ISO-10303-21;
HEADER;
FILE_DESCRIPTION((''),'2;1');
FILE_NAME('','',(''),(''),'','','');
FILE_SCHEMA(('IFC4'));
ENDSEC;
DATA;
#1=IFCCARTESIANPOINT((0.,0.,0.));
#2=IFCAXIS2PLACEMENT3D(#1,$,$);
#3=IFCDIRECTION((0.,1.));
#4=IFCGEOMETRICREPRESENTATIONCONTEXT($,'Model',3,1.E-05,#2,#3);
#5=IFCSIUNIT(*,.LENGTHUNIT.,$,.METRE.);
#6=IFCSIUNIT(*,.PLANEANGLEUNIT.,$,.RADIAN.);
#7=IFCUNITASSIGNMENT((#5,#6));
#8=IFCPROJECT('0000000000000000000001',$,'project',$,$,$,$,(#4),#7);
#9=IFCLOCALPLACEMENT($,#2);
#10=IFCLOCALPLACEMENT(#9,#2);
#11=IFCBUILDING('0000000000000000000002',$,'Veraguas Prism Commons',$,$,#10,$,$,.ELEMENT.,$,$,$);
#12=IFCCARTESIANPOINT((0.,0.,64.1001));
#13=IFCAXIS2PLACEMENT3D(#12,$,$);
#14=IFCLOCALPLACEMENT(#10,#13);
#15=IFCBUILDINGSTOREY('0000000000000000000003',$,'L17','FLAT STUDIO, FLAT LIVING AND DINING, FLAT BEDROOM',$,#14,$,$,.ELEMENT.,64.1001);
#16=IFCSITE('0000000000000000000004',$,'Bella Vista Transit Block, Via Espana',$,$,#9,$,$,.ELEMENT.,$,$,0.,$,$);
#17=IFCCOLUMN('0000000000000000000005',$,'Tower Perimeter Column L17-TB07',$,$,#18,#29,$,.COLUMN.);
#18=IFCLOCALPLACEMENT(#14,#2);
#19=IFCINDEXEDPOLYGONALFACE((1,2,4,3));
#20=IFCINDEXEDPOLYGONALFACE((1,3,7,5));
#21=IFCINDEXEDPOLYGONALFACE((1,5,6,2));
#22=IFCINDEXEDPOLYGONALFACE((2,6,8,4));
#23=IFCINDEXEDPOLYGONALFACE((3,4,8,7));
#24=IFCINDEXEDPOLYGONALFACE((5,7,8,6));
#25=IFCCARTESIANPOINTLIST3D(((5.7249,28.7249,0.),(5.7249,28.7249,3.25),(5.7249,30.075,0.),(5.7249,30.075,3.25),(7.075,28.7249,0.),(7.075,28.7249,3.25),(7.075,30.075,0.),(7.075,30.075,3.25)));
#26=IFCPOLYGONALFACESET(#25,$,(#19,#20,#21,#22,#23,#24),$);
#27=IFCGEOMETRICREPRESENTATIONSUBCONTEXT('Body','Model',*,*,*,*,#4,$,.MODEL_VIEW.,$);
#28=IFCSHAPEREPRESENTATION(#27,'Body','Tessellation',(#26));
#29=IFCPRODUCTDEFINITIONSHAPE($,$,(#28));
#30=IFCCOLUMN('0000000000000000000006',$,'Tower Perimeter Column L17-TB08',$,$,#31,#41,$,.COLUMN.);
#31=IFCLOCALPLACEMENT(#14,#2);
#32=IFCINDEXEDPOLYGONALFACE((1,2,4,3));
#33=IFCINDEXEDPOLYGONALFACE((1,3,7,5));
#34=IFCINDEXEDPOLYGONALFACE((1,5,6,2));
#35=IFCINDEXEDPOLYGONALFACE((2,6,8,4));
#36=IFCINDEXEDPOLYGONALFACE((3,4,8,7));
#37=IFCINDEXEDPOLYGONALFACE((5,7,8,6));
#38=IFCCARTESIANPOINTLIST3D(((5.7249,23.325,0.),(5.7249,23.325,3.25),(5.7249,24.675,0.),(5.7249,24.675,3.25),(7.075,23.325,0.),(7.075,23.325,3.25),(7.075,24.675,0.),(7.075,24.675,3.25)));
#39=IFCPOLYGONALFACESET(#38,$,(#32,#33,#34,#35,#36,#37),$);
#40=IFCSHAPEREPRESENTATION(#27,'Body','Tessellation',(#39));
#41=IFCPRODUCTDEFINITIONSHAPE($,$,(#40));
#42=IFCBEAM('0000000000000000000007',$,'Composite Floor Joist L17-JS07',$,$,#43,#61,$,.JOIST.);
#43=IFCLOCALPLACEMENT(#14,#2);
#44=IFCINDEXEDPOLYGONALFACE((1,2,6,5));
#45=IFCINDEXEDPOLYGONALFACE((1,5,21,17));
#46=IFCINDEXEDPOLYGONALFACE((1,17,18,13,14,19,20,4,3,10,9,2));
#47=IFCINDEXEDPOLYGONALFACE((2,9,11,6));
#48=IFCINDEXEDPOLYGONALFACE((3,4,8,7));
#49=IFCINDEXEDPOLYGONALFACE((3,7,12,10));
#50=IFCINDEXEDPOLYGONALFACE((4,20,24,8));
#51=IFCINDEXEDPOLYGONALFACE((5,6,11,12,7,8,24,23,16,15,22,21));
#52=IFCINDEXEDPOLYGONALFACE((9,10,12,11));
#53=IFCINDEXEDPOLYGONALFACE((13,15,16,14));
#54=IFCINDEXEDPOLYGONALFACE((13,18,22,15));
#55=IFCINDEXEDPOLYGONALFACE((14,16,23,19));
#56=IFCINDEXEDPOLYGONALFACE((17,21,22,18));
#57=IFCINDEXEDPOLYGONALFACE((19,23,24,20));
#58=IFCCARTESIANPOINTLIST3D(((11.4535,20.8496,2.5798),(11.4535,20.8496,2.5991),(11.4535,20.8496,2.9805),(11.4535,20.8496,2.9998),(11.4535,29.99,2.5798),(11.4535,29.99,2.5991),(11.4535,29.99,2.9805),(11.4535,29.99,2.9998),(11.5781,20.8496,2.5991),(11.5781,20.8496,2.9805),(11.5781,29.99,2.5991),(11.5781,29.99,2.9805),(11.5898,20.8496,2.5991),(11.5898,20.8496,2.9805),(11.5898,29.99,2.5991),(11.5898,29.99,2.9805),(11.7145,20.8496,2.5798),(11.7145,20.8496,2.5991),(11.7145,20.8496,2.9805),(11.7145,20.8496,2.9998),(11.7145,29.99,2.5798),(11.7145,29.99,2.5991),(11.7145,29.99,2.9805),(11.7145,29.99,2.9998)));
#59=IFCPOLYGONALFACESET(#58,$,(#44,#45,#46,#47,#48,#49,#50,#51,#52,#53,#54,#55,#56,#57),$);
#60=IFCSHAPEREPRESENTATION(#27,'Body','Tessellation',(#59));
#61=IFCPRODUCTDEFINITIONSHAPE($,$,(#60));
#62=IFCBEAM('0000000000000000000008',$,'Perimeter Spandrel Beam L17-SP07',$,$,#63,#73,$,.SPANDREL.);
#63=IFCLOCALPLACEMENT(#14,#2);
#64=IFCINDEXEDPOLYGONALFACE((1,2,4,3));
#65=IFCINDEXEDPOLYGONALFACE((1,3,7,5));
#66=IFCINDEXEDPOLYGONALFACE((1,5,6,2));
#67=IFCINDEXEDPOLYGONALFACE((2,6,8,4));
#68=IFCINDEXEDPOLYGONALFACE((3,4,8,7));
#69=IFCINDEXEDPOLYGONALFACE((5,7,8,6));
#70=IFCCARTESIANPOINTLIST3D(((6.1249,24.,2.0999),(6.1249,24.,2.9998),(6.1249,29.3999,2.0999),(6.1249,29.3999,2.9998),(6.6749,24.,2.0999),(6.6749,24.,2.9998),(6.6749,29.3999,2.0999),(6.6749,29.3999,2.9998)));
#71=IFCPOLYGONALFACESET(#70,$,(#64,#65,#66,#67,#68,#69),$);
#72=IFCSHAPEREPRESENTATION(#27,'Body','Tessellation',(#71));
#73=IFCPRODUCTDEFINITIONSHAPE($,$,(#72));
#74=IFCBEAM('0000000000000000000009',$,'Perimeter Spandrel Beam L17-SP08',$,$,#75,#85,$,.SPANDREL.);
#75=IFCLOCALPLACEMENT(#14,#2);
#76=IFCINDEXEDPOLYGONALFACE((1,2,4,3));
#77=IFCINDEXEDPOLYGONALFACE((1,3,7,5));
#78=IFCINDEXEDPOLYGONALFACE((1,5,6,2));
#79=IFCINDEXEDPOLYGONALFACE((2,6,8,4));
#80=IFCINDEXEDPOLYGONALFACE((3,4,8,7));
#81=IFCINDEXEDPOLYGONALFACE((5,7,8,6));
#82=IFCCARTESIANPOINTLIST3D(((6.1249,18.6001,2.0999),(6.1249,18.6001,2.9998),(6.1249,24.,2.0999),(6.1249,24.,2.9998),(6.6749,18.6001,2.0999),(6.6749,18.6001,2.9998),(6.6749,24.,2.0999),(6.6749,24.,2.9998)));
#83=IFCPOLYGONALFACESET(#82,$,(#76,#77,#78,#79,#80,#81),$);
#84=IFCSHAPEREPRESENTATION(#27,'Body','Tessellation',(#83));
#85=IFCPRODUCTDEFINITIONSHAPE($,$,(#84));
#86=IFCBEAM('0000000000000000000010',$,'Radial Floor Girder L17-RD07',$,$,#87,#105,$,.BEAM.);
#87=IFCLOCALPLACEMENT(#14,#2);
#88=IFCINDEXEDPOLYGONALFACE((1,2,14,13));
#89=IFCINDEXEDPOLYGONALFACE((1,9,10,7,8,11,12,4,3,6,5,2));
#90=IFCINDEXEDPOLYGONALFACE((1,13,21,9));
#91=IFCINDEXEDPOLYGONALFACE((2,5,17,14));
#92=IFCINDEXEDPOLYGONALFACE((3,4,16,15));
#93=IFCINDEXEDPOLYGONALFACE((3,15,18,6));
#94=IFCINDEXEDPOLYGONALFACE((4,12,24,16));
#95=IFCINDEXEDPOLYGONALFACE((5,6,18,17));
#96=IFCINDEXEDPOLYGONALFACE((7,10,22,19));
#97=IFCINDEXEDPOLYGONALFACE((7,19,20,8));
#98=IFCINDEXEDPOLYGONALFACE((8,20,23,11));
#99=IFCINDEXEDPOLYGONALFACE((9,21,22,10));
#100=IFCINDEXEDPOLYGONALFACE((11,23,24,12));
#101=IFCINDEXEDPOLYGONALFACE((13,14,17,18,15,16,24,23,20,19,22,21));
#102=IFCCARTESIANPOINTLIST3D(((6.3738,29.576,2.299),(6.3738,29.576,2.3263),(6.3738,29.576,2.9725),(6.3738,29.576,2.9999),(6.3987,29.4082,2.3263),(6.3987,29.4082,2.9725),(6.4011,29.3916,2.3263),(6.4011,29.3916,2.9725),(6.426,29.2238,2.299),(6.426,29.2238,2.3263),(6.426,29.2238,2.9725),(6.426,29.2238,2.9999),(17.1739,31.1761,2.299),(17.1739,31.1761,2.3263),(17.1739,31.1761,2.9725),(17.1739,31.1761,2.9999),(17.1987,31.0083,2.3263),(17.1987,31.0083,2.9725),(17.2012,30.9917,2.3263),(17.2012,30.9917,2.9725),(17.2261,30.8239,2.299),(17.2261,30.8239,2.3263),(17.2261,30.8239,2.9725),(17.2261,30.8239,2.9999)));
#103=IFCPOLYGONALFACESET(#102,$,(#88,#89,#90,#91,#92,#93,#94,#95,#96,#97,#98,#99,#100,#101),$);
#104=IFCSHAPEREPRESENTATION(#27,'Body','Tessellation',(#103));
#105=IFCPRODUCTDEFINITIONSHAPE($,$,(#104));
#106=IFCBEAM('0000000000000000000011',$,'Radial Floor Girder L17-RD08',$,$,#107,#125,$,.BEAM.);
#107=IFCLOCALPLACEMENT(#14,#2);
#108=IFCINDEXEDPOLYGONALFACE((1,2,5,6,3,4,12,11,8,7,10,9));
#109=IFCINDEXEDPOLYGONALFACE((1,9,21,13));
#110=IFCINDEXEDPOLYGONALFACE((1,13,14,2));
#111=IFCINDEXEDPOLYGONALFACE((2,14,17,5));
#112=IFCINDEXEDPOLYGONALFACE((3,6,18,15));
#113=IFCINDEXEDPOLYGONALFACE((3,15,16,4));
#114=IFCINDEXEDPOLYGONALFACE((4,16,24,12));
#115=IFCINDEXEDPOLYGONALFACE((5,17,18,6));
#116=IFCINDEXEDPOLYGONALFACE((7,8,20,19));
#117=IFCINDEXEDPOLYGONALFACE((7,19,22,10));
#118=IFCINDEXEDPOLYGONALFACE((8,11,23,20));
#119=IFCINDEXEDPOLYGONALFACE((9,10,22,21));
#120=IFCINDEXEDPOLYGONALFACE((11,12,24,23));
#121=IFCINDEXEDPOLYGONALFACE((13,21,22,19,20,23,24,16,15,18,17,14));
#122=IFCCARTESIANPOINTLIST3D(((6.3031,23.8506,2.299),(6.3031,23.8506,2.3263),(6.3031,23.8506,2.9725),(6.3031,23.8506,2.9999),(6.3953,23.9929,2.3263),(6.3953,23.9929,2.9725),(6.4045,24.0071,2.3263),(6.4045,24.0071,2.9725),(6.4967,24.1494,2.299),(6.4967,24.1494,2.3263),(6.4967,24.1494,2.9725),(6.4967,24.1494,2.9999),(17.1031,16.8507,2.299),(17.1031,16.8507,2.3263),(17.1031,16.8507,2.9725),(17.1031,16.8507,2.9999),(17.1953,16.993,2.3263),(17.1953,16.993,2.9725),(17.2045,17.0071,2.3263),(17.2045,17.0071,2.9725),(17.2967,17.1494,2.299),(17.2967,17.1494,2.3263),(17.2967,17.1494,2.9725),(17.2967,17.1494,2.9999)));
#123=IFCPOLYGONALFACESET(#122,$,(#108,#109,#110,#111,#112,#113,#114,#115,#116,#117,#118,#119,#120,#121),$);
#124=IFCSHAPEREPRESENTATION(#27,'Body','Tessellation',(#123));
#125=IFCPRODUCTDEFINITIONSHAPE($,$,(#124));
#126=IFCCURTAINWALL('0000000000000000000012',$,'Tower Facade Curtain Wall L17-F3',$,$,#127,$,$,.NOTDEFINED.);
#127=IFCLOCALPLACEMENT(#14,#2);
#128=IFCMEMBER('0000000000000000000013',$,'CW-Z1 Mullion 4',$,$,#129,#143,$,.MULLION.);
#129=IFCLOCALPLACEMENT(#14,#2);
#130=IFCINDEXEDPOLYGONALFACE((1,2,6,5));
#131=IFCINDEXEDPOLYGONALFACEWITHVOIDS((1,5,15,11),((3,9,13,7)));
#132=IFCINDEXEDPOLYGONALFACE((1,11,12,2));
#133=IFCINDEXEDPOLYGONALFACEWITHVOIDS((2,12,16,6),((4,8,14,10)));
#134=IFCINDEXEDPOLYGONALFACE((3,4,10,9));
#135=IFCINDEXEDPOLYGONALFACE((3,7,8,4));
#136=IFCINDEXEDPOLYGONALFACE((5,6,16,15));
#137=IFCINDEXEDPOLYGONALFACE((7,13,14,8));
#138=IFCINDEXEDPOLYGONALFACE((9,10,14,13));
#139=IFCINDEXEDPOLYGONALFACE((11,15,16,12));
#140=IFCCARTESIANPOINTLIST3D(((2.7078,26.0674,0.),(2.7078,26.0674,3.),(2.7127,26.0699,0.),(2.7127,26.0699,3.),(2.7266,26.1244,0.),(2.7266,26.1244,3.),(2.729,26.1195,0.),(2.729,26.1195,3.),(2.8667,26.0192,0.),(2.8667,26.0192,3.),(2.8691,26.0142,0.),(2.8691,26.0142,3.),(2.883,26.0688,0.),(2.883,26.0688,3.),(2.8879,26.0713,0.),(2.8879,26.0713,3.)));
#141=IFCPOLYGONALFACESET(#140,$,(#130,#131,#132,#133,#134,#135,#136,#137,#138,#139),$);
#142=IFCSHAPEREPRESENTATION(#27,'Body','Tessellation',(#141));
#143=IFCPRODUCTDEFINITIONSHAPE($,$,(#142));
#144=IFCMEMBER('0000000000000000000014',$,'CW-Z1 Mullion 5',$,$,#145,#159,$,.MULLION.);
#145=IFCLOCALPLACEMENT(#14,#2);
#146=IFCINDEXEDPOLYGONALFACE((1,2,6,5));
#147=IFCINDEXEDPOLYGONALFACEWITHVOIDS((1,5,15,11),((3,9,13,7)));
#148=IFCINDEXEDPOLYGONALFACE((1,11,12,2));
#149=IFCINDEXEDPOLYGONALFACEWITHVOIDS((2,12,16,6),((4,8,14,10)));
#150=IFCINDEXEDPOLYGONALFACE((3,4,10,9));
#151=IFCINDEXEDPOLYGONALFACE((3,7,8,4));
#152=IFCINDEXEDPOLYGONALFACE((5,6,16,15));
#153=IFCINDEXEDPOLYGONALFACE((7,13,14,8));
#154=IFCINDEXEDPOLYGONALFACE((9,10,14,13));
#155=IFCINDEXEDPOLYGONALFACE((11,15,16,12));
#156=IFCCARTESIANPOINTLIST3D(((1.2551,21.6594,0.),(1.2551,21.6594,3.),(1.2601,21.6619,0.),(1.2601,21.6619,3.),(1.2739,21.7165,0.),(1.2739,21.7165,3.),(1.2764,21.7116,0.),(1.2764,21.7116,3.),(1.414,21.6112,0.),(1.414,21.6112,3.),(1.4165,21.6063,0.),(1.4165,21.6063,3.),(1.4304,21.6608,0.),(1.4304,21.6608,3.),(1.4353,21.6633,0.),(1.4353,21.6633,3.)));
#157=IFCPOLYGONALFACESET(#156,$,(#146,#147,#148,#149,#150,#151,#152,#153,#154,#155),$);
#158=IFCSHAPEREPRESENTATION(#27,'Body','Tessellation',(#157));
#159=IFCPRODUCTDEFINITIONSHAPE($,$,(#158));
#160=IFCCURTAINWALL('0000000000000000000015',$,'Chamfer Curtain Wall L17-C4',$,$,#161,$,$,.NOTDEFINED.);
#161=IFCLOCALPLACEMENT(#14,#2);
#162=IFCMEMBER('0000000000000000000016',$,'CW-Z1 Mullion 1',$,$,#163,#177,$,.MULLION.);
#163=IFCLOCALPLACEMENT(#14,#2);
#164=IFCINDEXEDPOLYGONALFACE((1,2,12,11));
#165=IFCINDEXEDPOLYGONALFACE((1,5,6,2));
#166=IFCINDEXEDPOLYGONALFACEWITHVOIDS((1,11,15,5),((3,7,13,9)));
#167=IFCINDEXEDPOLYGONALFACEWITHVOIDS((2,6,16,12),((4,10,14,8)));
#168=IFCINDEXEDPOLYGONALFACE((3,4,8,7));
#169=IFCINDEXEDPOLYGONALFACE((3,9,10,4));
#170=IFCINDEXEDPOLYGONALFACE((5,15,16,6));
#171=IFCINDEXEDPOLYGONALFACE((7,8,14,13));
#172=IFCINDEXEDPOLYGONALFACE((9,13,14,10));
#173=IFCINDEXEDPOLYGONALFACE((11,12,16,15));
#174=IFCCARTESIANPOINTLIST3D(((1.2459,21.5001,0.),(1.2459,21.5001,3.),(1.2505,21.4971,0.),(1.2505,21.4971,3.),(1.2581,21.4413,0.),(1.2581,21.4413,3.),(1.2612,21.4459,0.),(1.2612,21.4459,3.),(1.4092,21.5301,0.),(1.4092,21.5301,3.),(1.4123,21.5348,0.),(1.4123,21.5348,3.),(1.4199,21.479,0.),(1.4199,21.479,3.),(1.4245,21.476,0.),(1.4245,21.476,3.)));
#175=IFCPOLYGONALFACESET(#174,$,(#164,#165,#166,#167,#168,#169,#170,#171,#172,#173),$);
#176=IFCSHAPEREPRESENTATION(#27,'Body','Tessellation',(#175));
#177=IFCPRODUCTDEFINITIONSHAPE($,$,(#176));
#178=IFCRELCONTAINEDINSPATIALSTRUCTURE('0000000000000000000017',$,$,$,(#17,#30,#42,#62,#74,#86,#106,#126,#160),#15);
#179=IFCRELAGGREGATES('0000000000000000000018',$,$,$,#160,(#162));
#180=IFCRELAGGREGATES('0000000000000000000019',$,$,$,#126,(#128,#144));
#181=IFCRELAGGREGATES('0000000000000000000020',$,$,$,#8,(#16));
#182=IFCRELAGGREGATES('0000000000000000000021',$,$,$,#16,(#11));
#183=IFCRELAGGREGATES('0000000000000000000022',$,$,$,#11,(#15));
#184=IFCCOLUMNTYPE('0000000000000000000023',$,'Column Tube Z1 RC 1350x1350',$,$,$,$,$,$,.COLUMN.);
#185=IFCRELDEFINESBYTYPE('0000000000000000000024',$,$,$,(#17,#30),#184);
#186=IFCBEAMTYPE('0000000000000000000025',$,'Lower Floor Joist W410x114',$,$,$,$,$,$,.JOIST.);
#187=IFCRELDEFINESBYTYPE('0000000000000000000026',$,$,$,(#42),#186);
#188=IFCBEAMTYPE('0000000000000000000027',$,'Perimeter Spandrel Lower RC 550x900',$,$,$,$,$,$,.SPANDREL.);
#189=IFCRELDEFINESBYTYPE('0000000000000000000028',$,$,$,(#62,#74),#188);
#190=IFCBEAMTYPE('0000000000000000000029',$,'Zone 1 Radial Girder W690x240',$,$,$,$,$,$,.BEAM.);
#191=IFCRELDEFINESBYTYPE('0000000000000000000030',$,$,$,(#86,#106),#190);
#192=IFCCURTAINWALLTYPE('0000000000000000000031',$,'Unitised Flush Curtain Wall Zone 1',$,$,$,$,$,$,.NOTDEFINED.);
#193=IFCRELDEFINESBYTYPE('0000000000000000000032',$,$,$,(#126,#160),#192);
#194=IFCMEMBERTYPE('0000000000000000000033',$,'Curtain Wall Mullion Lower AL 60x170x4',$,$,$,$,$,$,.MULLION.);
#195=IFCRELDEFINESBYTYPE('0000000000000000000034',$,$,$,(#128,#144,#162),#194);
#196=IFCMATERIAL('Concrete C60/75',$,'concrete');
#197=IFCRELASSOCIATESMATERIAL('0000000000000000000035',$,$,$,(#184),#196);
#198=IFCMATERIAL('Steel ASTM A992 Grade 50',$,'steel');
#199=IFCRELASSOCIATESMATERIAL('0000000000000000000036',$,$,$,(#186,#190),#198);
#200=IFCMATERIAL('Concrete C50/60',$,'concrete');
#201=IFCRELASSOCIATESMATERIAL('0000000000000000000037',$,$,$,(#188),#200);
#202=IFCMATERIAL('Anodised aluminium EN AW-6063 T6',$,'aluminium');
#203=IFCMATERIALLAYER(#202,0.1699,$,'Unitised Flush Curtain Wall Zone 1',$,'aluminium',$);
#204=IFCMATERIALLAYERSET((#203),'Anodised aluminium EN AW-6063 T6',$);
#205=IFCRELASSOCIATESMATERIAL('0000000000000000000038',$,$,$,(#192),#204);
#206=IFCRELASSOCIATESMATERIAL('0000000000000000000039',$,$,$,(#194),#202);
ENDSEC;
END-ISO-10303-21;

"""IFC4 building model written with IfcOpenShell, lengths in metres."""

from ifc_helpers import new_model, si_unit, direction, frame, origin, origin_2d, place, context, subcontext, project, spatial, rectangle, hollow_rectangle, i_section, extrude, source, transform, mapped, material, layer, layer_set, material_profile, profile_set, type_object, element, aggregate, save


model = new_model("IFC4")

# Units and contexts
model_context = context("Model", 3, precision=1e-05, world=origin(), true_north=direction((0.0, 1.0)))
body_context = subcontext(model_context, "Body", "Model", "MODEL_VIEW")
ifc_project = project(units=[si_unit("LENGTHUNIT", "METRE"), si_unit("PLANEANGLEUNIT", "RADIAN")], contexts=[model_context])

# Site, building, storey
site_placement = place(None, origin())
site = spatial("IfcSite", under=ifc_project, at=site_placement, Name="Bella Vista Transit Block, Via Espana", CompositionType="ELEMENT", RefElevation=0.0)
building_placement = place(site_placement, origin())
building = spatial("IfcBuilding", under=site, at=building_placement, Name="Veraguas Prism Commons", CompositionType="ELEMENT")
storey_placement = place(building_placement, frame((0.0, 0.0, 64.1001)))
storey = spatial("IfcBuildingStorey", under=building, at=storey_placement, Name="L17", Description="FLAT STUDIO, FLAT LIVING AND DINING, FLAT BEDROOM", CompositionType="ELEMENT", Elevation=64.1001)

# Columns
ifc_material_1 = material(Name="Concrete C60/75", Category="concrete")
ifc_material_profile_1 = material_profile(ifc_material_1, rectangle(XDim=1.3501, YDim=1.3501, at=origin_2d()), Name="RC1350X1350")
ifc_profile_set_1 = profile_set([ifc_material_profile_1], Name="Concrete C60/75")
column_type = type_object("IfcColumnType", Name="Column Tube Z1 RC 1350x1350", PredefinedType="COLUMN", material=ifc_profile_set_1)
for number, where, z_axis, x_axis, name in (
    (1, (6.3999, 29.3999, 0.0), (0.0, 0.0, 1.0), (1.0, 0.0, 0.0), "Tower Perimeter Column L17-TB07"),
    (2, (6.3999, 24.0, 0.0), (0.0, 0.0, 1.0), (1.0, 0.0, 0.0), "Tower Perimeter Column L17-TB08"),
):
    element("IfcColumn", number, at=place(storey_placement, frame(where, z_axis=z_axis, x_axis=x_axis)), inside=storey, type_object=column_type, Name=name, PredefinedType="COLUMN", context=body_context, shape_type="SweptSolid", body=[
        extrude(rectangle(XDim=1.3501, YDim=1.3501, at=origin_2d()), origin(), (0.0, 0.0, 1.0), 3.25),
    ])

# Beams
ifc_material_2 = material(Name="Steel ASTM A992 Grade 50", Category="steel")
ifc_material_profile_2 = material_profile(ifc_material_2, i_section(OverallWidth=0.261, OverallDepth=0.4199, WebThickness=0.0117, FlangeThickness=0.0193, at=origin_2d()), Name="W410X114")
ifc_profile_set_2 = profile_set([ifc_material_profile_2], Name="Steel ASTM A992 Grade 50")
beam_type_1 = type_object("IfcBeamType", Name="Lower Floor Joist W410x114", PredefinedType="JOIST", material=ifc_profile_set_2)
beam_1_placement = place(storey_placement, frame((11.584, 29.99, 2.7898), z_axis=(0.0, -1.0, 0.0), x_axis=(1.0, 0.0, 0.0)))
element("IfcBeam", 3, at=beam_1_placement, inside=storey, type_object=beam_type_1, Name="Composite Floor Joist L17-JS07", PredefinedType="JOIST", context=body_context, shape_type="SweptSolid", body=[
    extrude(i_section(OverallWidth=0.261, OverallDepth=0.4199, WebThickness=0.0117, FlangeThickness=0.0193, at=origin_2d()), origin(), (0.0, 0.0, 1.0), 9.1404),
])
ifc_material_3 = material(Name="Concrete C50/60", Category="concrete")
ifc_material_profile_3 = material_profile(ifc_material_3, rectangle(XDim=0.55, YDim=0.8999, at=origin_2d()), Name="RC550X900")
ifc_profile_set_3 = profile_set([ifc_material_profile_3], Name="Concrete C50/60")
beam_type_2 = type_object("IfcBeamType", Name="Perimeter Spandrel Lower RC 550x900", PredefinedType="SPANDREL", material=ifc_profile_set_3)
for number, where, z_axis, x_axis, name in (
    (4, (6.3999, 29.3999, 2.5498), (0.0, -1.0, 0.0), (1.0, 0.0, 0.0), "Perimeter Spandrel Beam L17-SP07"),
    (5, (6.3999, 24.0, 2.5498), (0.0, -1.0, 0.0), (1.0, 0.0, 0.0), "Perimeter Spandrel Beam L17-SP08"),
):
    element("IfcBeam", number, at=place(storey_placement, frame(where, z_axis=z_axis, x_axis=x_axis)), inside=storey, type_object=beam_type_2, Name=name, PredefinedType="SPANDREL", context=body_context, shape_type="SweptSolid", body=[
        extrude(rectangle(XDim=0.55, YDim=0.8999, at=origin_2d()), origin(), (0.0, 0.0, 1.0), 5.3999),
    ])
ifc_material_profile_4 = material_profile(ifc_material_2, i_section(OverallWidth=0.356, OverallDepth=0.7009, WebThickness=0.0168, FlangeThickness=0.0273, at=origin_2d()), Name="W690X240")
ifc_profile_set_4 = profile_set([ifc_material_profile_4], Name="Steel ASTM A992 Grade 50")
beam_type_3 = type_object("IfcBeamType", Name="Zone 1 Radial Girder W690x240", PredefinedType="BEAM", material=ifc_profile_set_4)
beam_2_placement = place(storey_placement, frame((6.3999, 29.3999, 2.6494), z_axis=(0.989202, 0.146557, 0.0), x_axis=(-0.146557, 0.989202, 0.0)))
element("IfcBeam", 6, at=beam_2_placement, inside=storey, type_object=beam_type_3, Name="Radial Floor Girder L17-RD07", PredefinedType="BEAM", context=body_context, shape_type="SweptSolid", body=[
    extrude(i_section(OverallWidth=0.356, OverallDepth=0.7009, WebThickness=0.0168, FlangeThickness=0.0273, at=origin_2d()), origin(), (0.0, 0.0, 1.0), 10.918),
])
beam_3_placement = place(storey_placement, frame((6.3999, 24.0, 2.6494), z_axis=(0.839154, -0.543894, 0.0), x_axis=(0.543894, 0.839154, 0.0)))
element("IfcBeam", 7, at=beam_3_placement, inside=storey, type_object=beam_type_3, Name="Radial Floor Girder L17-RD08", PredefinedType="BEAM", context=body_context, shape_type="SweptSolid", body=[
    extrude(i_section(OverallWidth=0.356, OverallDepth=0.7009, WebThickness=0.0168, FlangeThickness=0.0273, at=origin_2d()), origin(), (0.0, 0.0, 1.0), 12.8701),
])

# Curtain walls, members
ifc_material_4 = material(Name="Anodised aluminium EN AW-6063 T6", Category="aluminium")
ifc_layer_1 = layer(ifc_material_4, 0.1699, Name="Unitised Flush Curtain Wall Zone 1", Category="aluminium")
ifc_layer_set_1 = layer_set([ifc_layer_1], Name="Anodised aluminium EN AW-6063 T6")
curtain_wall_type = type_object("IfcCurtainWallType", Name="Unitised Flush Curtain Wall Zone 1", PredefinedType="NOTDEFINED", material=ifc_layer_set_1)
curtain_wall_1_placement = place(storey_placement, origin())
curtain_wall_1 = element("IfcCurtainWall", 8, at=curtain_wall_1_placement, inside=storey, type_object=curtain_wall_type, Name="Tower Facade Curtain Wall L17-F3", PredefinedType="NOTDEFINED")
ifc_material_profile_5 = material_profile(ifc_material_4, hollow_rectangle(XDim=0.0601, YDim=0.1699, WallThickness=0.0039, at=origin_2d()), Name="AL60X170X4")
ifc_profile_set_5 = profile_set([ifc_material_profile_5], Name="Anodised aluminium EN AW-6063 T6")
member_type_1 = type_object("IfcMemberType", Name="Curtain Wall Mullion Lower AL 60x170x4", PredefinedType="MULLION", material=ifc_profile_set_5)
shared_shape_1 = source(origin(), body_context, "Body", "SweptSolid", [
    extrude(hollow_rectangle(XDim=0.0601, YDim=0.1699, WallThickness=0.0039, at=origin_2d()), origin(), (0.0, 0.0, 1.0), 3.0),
])
member_1_placement = place(storey_placement, frame((2.7979, 26.0693, 0.0), z_axis=(0.0, 0.0, 1.0), x_axis=(-0.312991, -0.949756, 0.0)))
member_1 = element("IfcMember", 9, at=member_1_placement, type_object=member_type_1, Name="CW-Z1 Mullion 4", PredefinedType="MULLION", context=body_context, shape_type="MappedRepresentation", body=[
    mapped(shared_shape_1, transform((0.0, 0.0, 0.0), scale=1.0)),
])
member_2_placement = place(storey_placement, frame((1.3452, 21.6614, 0.0), z_axis=(0.0, 0.0, 1.0), x_axis=(-0.312991, -0.949756, 0.0)))
member_2 = element("IfcMember", 10, at=member_2_placement, type_object=member_type_1, Name="CW-Z1 Mullion 5", PredefinedType="MULLION", context=body_context, shape_type="MappedRepresentation", body=[
    mapped(shared_shape_1, transform((0.0, 0.0, 0.0), scale=1.0)),
])
curtain_wall_2_placement = place(storey_placement, origin())
curtain_wall_2 = element("IfcCurtainWall", 11, at=curtain_wall_2_placement, inside=storey, type_object=curtain_wall_type, Name="Chamfer Curtain Wall L17-C4", PredefinedType="NOTDEFINED")
member_3_placement = place(storey_placement, frame((1.3352, 21.488, 0.0), z_axis=(0.0, 0.0, 1.0), x_axis=(0.203811, -0.97901, 0.0)))
member_3 = element("IfcMember", 12, at=member_3_placement, type_object=member_type_1, Name="CW-Z1 Mullion 1", PredefinedType="MULLION", context=body_context, shape_type="MappedRepresentation", body=[
    mapped(shared_shape_1, transform((0.0, 0.0, 0.0), scale=1.0)),
])
aggregate(curtain_wall_2, [member_3])

aggregate(curtain_wall_1, [member_1, member_2])

save(model, "model.ifc")
